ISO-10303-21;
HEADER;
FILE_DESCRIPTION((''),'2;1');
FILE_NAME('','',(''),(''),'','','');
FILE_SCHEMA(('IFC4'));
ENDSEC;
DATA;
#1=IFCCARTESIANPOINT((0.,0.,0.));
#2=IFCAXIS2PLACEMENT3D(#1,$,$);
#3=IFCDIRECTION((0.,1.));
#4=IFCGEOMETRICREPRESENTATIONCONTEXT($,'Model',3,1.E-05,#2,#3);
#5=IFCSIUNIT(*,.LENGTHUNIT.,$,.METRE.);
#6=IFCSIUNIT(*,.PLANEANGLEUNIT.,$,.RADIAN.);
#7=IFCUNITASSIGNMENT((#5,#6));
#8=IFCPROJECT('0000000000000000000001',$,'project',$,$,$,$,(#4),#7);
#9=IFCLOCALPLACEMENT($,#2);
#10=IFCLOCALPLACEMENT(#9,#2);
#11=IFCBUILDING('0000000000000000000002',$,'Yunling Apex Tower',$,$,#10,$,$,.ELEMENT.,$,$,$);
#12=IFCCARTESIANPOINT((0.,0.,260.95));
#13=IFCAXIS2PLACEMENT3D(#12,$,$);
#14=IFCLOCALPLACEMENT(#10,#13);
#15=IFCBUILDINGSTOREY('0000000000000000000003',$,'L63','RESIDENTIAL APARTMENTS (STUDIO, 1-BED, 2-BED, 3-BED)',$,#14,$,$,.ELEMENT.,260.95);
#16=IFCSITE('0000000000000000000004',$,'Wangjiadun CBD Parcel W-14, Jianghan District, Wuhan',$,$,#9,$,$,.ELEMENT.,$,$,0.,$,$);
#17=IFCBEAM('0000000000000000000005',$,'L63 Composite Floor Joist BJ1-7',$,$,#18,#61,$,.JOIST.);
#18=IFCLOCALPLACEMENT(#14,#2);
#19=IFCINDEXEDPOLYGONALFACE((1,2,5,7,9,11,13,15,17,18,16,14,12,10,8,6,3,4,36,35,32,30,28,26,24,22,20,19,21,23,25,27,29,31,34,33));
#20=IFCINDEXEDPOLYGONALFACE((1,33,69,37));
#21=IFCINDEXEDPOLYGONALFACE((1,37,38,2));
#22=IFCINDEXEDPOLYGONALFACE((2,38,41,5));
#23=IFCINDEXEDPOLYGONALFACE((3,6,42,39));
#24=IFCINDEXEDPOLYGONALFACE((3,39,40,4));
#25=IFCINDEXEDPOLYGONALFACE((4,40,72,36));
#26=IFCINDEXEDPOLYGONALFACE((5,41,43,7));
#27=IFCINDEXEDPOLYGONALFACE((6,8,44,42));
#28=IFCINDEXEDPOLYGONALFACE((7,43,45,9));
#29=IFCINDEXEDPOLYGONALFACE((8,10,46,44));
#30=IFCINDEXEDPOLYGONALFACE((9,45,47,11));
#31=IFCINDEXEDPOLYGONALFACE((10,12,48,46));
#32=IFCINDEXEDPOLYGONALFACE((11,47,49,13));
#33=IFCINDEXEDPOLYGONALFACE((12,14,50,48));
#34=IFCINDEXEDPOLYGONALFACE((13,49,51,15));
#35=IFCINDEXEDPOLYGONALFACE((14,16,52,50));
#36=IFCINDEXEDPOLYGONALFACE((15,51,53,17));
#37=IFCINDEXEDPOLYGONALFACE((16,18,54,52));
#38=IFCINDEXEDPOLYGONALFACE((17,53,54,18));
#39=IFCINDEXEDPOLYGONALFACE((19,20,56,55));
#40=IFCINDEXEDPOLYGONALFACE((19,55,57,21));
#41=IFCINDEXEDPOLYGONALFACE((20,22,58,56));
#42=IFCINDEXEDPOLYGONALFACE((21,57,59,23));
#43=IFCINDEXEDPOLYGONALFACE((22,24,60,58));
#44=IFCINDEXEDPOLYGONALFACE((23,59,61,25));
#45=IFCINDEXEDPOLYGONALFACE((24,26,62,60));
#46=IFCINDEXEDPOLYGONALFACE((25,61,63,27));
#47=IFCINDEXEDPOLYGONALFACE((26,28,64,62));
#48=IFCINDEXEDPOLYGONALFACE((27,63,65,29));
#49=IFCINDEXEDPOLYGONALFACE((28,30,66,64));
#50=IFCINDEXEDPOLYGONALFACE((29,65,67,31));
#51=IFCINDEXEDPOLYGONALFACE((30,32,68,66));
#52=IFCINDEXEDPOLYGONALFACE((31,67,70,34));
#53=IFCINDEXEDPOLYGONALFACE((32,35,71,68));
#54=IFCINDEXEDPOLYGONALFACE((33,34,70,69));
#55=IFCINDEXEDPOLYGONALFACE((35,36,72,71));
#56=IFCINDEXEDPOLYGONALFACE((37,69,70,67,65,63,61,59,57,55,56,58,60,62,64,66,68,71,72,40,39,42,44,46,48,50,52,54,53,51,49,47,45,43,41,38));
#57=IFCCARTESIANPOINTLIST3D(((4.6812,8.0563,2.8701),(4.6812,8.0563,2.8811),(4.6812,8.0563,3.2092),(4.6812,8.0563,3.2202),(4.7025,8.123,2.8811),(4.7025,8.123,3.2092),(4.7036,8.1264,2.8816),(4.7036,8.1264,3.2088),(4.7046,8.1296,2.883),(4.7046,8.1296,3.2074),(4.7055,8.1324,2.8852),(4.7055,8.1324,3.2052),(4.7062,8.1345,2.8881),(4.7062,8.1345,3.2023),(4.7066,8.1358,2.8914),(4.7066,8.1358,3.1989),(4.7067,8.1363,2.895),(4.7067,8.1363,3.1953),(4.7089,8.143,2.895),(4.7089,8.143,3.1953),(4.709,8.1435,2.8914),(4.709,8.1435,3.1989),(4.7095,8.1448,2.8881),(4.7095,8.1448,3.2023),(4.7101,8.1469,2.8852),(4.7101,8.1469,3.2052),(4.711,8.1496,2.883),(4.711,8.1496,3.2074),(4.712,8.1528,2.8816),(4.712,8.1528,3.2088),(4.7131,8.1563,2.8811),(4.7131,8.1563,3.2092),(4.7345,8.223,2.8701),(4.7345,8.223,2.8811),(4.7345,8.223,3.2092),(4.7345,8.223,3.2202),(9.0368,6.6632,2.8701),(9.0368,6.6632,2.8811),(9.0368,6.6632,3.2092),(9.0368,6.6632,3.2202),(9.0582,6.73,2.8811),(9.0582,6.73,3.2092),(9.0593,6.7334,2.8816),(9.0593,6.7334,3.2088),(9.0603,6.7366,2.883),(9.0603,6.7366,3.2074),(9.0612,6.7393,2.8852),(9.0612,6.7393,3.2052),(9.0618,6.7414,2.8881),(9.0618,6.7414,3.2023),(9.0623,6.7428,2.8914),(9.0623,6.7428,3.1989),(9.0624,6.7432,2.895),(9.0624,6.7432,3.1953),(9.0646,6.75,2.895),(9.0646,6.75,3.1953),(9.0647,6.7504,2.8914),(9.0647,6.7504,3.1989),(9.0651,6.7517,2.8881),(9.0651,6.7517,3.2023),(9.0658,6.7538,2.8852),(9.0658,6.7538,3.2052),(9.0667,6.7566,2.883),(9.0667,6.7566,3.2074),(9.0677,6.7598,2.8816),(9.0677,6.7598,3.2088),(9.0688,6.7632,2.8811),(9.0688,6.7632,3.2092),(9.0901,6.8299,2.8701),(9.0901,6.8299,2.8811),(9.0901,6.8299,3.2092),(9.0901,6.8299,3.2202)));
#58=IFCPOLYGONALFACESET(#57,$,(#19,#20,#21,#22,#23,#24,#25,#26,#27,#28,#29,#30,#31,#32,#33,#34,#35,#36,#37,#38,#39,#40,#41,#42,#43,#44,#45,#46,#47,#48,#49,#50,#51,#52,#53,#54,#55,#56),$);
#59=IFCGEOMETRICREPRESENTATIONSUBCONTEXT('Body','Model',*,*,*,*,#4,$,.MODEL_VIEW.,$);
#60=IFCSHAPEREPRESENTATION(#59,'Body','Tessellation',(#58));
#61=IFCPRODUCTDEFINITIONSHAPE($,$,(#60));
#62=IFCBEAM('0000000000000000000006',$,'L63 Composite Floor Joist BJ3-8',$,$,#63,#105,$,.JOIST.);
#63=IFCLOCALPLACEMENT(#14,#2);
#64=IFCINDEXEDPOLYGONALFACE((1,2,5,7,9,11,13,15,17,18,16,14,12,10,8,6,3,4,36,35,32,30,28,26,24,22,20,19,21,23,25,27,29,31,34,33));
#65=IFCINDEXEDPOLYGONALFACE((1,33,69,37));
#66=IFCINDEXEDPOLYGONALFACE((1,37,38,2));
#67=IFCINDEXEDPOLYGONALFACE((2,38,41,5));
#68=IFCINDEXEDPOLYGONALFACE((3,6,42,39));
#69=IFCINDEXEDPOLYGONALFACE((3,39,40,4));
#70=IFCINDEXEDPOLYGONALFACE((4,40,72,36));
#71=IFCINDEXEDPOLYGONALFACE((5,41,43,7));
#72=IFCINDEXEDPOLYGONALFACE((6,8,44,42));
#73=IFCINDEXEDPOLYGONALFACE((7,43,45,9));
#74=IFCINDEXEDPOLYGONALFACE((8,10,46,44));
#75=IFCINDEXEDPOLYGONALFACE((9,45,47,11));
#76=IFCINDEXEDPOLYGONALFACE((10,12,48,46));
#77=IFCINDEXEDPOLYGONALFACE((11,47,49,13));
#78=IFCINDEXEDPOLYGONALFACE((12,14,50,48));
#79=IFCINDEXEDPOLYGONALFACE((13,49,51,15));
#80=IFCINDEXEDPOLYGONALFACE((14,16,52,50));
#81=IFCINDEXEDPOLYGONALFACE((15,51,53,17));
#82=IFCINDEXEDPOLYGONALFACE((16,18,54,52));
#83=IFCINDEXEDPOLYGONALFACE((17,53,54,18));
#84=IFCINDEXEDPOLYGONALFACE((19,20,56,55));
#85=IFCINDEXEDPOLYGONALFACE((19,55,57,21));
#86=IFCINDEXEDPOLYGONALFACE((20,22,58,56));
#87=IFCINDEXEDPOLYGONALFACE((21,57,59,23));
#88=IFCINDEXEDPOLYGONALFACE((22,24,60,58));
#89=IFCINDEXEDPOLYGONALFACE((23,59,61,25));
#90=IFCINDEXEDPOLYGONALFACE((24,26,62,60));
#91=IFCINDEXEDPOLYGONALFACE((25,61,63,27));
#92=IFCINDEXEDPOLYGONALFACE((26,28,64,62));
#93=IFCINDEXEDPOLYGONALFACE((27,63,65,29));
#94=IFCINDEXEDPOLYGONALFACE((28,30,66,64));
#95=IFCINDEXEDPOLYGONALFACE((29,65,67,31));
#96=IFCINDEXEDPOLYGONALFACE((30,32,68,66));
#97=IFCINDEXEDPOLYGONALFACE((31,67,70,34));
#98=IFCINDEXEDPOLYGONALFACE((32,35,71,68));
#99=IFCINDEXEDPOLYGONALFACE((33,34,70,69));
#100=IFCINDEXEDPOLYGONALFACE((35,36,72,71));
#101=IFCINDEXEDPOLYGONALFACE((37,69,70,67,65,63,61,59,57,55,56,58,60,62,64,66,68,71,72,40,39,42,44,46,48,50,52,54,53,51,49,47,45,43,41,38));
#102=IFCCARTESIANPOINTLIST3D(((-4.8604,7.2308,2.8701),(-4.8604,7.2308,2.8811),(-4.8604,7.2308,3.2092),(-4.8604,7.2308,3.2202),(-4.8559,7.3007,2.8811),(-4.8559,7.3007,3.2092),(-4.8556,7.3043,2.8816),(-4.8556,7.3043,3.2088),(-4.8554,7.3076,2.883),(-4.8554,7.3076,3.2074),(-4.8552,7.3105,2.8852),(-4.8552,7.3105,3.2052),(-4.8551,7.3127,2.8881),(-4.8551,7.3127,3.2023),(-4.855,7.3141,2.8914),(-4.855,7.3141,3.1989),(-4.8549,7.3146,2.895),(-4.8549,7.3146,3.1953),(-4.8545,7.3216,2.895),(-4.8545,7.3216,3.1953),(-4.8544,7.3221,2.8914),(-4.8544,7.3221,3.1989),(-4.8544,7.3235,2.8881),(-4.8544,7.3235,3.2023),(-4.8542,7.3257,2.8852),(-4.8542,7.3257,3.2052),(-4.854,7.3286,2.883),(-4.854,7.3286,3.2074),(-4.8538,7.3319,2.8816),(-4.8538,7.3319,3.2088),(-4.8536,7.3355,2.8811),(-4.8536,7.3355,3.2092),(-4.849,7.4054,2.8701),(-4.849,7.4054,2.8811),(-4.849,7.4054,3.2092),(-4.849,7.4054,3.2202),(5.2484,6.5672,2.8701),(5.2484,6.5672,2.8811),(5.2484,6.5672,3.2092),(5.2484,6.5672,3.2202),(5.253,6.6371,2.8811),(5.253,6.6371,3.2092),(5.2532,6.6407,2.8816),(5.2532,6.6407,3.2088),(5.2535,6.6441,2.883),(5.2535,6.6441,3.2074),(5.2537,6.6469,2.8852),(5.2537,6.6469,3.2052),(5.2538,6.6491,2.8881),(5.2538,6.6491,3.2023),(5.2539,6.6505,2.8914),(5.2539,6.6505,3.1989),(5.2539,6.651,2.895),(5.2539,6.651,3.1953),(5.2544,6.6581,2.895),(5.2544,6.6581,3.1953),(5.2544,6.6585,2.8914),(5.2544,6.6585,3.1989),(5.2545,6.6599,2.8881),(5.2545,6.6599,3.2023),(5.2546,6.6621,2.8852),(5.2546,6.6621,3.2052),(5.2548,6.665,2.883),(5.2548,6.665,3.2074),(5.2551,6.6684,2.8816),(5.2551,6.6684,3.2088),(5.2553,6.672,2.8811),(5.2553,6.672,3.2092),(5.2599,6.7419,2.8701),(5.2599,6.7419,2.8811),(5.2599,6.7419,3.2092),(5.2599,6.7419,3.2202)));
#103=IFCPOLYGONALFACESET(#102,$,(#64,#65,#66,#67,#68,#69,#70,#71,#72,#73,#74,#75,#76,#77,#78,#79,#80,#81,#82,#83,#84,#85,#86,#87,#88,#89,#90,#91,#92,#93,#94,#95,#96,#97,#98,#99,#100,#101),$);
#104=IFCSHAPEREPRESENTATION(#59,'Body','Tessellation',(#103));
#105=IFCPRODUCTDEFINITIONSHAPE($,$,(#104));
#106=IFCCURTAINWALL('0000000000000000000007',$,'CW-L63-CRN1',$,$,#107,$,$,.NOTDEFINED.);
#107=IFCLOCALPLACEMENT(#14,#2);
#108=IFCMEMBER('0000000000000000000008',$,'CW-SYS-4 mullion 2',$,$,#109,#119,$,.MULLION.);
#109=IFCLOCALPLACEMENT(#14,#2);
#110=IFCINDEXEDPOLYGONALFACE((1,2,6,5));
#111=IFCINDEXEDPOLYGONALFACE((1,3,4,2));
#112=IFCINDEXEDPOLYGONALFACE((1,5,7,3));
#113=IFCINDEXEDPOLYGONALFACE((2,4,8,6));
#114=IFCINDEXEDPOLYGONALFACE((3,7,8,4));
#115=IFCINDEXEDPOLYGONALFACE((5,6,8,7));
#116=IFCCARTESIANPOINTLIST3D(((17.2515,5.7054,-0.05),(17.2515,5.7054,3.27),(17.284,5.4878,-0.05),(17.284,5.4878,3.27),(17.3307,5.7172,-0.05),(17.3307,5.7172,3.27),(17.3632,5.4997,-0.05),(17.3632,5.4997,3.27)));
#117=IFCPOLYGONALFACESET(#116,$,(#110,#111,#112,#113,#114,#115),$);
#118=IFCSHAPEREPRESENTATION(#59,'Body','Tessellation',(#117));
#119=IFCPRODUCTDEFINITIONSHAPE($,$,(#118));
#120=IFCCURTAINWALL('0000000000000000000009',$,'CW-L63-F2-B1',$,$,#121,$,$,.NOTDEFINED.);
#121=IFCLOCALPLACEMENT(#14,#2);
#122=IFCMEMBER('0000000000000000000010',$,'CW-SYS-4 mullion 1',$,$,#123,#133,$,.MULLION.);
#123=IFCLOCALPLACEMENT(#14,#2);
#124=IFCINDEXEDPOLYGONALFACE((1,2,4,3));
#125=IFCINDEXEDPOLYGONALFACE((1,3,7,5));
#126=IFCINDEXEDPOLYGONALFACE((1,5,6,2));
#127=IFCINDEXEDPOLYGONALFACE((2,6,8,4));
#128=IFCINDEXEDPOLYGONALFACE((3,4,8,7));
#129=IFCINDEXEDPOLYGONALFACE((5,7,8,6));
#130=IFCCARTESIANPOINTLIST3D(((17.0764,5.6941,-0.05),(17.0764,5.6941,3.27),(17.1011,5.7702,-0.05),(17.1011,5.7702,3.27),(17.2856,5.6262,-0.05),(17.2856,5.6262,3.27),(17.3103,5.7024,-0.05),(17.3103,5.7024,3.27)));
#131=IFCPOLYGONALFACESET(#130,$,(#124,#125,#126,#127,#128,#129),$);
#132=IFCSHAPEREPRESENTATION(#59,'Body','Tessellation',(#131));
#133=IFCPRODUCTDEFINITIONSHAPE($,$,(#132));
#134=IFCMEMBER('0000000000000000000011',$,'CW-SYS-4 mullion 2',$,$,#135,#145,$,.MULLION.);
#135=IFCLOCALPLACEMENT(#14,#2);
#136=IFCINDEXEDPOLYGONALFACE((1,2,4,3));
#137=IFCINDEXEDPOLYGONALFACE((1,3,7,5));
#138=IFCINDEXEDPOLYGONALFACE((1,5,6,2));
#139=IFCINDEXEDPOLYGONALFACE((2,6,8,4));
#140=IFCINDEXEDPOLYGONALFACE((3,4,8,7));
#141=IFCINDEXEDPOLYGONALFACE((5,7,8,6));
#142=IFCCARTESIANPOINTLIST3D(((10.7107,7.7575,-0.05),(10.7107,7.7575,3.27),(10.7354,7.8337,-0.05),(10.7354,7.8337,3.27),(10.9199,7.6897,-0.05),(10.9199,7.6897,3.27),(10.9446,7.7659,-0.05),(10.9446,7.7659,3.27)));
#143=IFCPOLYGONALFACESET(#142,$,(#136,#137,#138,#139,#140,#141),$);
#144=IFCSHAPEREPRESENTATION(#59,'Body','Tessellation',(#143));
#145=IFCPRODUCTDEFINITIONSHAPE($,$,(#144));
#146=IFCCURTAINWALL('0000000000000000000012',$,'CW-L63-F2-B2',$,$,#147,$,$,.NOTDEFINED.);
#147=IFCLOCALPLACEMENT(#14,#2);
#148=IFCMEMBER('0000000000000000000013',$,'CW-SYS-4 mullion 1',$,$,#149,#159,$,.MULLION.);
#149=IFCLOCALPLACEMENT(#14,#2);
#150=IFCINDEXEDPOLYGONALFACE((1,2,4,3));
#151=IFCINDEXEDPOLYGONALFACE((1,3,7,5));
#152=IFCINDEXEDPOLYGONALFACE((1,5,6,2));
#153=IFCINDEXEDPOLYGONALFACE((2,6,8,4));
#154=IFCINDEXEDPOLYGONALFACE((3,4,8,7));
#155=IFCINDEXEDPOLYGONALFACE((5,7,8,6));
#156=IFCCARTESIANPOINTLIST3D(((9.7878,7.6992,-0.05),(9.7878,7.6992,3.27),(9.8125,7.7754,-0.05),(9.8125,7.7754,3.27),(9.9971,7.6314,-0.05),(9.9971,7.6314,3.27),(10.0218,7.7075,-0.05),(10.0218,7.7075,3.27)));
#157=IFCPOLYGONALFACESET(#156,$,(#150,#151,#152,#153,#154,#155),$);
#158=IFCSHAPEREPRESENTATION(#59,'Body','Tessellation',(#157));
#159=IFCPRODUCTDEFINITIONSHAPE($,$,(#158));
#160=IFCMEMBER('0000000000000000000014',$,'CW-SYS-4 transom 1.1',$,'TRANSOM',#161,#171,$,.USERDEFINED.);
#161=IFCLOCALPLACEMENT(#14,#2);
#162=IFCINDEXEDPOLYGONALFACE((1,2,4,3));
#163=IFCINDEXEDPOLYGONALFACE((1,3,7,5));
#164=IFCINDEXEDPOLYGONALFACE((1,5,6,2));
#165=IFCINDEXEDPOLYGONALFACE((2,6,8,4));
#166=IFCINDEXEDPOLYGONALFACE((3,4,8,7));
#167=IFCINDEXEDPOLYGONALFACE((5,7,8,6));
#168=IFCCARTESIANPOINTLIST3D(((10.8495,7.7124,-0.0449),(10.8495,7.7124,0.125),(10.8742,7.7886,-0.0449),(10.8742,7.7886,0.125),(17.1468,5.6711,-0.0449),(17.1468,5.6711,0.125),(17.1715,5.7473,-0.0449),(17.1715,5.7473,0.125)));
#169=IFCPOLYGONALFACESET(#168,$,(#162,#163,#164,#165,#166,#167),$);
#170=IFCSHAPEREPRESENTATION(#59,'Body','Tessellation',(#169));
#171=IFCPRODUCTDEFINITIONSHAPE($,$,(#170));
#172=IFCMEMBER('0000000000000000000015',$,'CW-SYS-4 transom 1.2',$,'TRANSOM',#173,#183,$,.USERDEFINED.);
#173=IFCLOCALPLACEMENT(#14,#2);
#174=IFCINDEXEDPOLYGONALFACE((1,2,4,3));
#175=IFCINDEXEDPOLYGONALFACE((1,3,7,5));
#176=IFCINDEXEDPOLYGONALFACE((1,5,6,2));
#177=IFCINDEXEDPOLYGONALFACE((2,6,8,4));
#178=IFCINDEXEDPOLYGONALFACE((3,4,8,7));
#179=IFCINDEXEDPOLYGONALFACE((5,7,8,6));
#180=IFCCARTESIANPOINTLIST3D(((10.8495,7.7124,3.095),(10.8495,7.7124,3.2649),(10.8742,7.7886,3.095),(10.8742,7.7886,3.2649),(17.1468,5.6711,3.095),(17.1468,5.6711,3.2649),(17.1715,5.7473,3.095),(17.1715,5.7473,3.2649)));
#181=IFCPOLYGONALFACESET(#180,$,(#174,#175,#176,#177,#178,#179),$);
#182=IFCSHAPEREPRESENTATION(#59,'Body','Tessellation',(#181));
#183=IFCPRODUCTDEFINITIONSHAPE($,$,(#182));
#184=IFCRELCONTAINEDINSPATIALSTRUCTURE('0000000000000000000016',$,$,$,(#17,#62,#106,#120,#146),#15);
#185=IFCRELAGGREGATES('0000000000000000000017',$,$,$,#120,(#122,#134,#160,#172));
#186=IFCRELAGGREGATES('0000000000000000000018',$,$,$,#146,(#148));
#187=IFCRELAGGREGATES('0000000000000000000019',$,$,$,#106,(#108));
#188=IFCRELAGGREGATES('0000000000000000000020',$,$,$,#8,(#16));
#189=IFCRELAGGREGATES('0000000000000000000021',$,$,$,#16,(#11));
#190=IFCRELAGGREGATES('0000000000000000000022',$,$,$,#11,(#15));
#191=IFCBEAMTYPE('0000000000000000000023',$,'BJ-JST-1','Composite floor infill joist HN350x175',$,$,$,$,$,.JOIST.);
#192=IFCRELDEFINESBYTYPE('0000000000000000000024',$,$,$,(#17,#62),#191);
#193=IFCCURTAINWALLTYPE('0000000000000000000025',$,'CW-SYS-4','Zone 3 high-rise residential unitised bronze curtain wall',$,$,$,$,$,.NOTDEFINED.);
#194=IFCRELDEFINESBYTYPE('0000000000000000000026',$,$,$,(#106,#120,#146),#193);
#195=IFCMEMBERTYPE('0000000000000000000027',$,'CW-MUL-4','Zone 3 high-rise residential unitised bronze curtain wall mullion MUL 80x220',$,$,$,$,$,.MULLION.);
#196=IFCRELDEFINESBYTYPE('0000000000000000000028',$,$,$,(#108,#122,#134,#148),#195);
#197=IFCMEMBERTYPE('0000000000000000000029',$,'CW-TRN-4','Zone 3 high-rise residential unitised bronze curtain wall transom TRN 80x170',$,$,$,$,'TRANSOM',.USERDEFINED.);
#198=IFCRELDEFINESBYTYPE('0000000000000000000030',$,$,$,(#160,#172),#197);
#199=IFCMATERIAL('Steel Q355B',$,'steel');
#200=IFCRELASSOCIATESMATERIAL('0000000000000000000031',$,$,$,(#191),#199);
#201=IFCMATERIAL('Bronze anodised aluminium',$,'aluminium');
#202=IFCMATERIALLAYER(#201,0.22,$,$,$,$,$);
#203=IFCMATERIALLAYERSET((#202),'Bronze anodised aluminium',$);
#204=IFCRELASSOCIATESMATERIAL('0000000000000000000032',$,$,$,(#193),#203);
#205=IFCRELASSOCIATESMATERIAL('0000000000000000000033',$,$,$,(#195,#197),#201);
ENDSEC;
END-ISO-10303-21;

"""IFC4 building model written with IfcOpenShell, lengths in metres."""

from ifc_helpers import new_model, si_unit, direction, frame, origin, origin_2d, place, context, subcontext, project, spatial, rectangle, i_section, extrude, source, transform, mapped, material, layer, layer_set, material_profile, profile_set, type_object, element, aggregate, save


model = new_model("IFC4")

# Units and contexts
model_context = context("Model", 3, precision=1e-05, world=origin(), true_north=direction((0.0, 1.0)))
body_context = subcontext(model_context, "Body", "Model", "MODEL_VIEW")
ifc_project = project(units=[si_unit("LENGTHUNIT", "METRE"), si_unit("PLANEANGLEUNIT", "RADIAN")], contexts=[model_context])

# Site, building, storey
site_placement = place(None, origin())
site = spatial("IfcSite", under=ifc_project, at=site_placement, Name="Wangjiadun CBD Parcel W-14, Jianghan District, Wuhan", CompositionType="ELEMENT", RefElevation=0.0)
building_placement = place(site_placement, origin())
building = spatial("IfcBuilding", under=site, at=building_placement, Name="Yunling Apex Tower", CompositionType="ELEMENT")
storey_placement = place(building_placement, frame((0.0, 0.0, 260.95)))
storey = spatial("IfcBuildingStorey", under=building, at=storey_placement, Name="L63", Description="RESIDENTIAL APARTMENTS (STUDIO, 1-BED, 2-BED, 3-BED)", CompositionType="ELEMENT", Elevation=260.95)

# Shared definitions
ifc_material_1 = material(Name="Steel Q355B", Category="steel")

# Beams
ifc_material_profile_1 = material_profile(ifc_material_1, i_section(OverallWidth=0.175, OverallDepth=0.3501, WebThickness=0.0071, FlangeThickness=0.011, FilletRadius=0.0139, at=origin_2d()))
ifc_profile_set_1 = profile_set([ifc_material_profile_1], Name="Steel Q355B")
beam_type_1 = type_object("IfcBeamType", Name="BJ-JST-1", Description="Composite floor infill joist HN350x175", PredefinedType="JOIST", material=ifc_profile_set_1)
shared_shape_1 = source(origin(), body_context, "Body", "SweptSolid", [
    extrude(i_section(OverallWidth=0.175, OverallDepth=0.3501, WebThickness=0.0071, FlangeThickness=0.011, FilletRadius=0.0139, at=origin_2d()), origin(), (0.0, 0.0, 1.0), 4.573),
])
beam_1_placement = place(storey_placement, frame((9.0635, 6.7466, 3.0452), z_axis=(-0.952472, 0.304625, 0.0), x_axis=(-0.304625, -0.952472, 0.0)))
element("IfcBeam", 1, at=beam_1_placement, inside=storey, type_object=beam_type_1, Name="L63 Composite Floor Joist BJ1-7", PredefinedType="JOIST", context=body_context, shape_type="MappedRepresentation", body=[
    mapped(shared_shape_1, transform((0.0, 0.0, 0.0), scale=1.0)),
])
shared_shape_2 = source(origin(), body_context, "Body", "SweptSolid", [
    extrude(i_section(OverallWidth=0.175, OverallDepth=0.3501, WebThickness=0.0071, FlangeThickness=0.011, FilletRadius=0.0139, at=origin_2d()), origin(), (0.0, 0.0, 1.0), 10.1306),
])
beam_2_placement = place(storey_placement, frame((5.2542, 6.6545, 3.0452), z_axis=(-0.997852, 0.065502, 0.0), x_axis=(-0.065502, -0.997852, 0.0)))
element("IfcBeam", 2, at=beam_2_placement, inside=storey, type_object=beam_type_1, Name="L63 Composite Floor Joist BJ3-8", PredefinedType="JOIST", context=body_context, shape_type="MappedRepresentation", body=[
    mapped(shared_shape_2, transform((0.0, 0.0, 0.0), scale=1.0)),
])

# Curtain wall, member
ifc_material_2 = material(Name="Bronze anodised aluminium", Category="aluminium")
ifc_layer_1 = layer(ifc_material_2, 0.22)
ifc_layer_set_1 = layer_set([ifc_layer_1], Name="Bronze anodised aluminium")
curtain_wall_type = type_object("IfcCurtainWallType", Name="CW-SYS-4", Description="Zone 3 high-rise residential unitised bronze curtain wall", PredefinedType="NOTDEFINED", material=ifc_layer_set_1)
curtain_wall_1_placement = place(storey_placement, origin())
curtain_wall_1 = element("IfcCurtainWall", 3, at=curtain_wall_1_placement, inside=storey, type_object=curtain_wall_type, Name="CW-L63-CRN1", PredefinedType="NOTDEFINED")
ifc_material_profile_2 = material_profile(ifc_material_2, rectangle(XDim=0.0801, YDim=0.22, at=origin_2d()))
ifc_profile_set_2 = profile_set([ifc_material_profile_2], Name="Bronze anodised aluminium")
member_type_1 = type_object("IfcMemberType", Name="CW-MUL-4", Description="Zone 3 high-rise residential unitised bronze curtain wall mullion MUL 80x220", PredefinedType="MULLION", material=ifc_profile_set_2)
shared_shape_3 = source(origin(), body_context, "Body", "SweptSolid", [
    extrude(rectangle(XDim=0.0801, YDim=0.22, at=origin_2d()), origin(), (0.0, 0.0, 1.0), 3.3201),
])
member_1_placement = place(storey_placement, frame((17.3074, 5.6025, -0.05), z_axis=(0.0, 0.0, 1.0), x_axis=(-0.989017, -0.147803, 0.0)))
member_1 = element("IfcMember", 4, at=member_1_placement, type_object=member_type_1, Name="CW-SYS-4 mullion 2", PredefinedType="MULLION", context=body_context, shape_type="MappedRepresentation", body=[
    mapped(shared_shape_3, transform((0.0, 0.0, 0.0), scale=1.0)),
])

# Curtain wall, members
curtain_wall_2_placement = place(storey_placement, origin())
curtain_wall_2 = element("IfcCurtainWall", 5, at=curtain_wall_2_placement, inside=storey, type_object=curtain_wall_type, Name="CW-L63-F2-B1", PredefinedType="NOTDEFINED")
member_2_placement = place(storey_placement, frame((17.1934, 5.6982, -0.05), z_axis=(0.0, 0.0, 1.0), x_axis=(-0.308353, -0.951272, 0.0)))
member_2 = element("IfcMember", 6, at=member_2_placement, type_object=member_type_1, Name="CW-SYS-4 mullion 1", PredefinedType="MULLION", context=body_context, shape_type="MappedRepresentation", body=[
    mapped(shared_shape_3, transform((0.0, 0.0, 0.0), scale=1.0)),
])
member_3_placement = place(storey_placement, frame((10.8276, 7.7617, -0.05), z_axis=(0.0, 0.0, 1.0), x_axis=(-0.308353, -0.951272, 0.0)))
member_3 = element("IfcMember", 7, at=member_3_placement, type_object=member_type_1, Name="CW-SYS-4 mullion 2", PredefinedType="MULLION", context=body_context, shape_type="MappedRepresentation", body=[
    mapped(shared_shape_3, transform((0.0, 0.0, 0.0), scale=1.0)),
])

# Curtain wall, member
curtain_wall_3_placement = place(storey_placement, origin())
curtain_wall_3 = element("IfcCurtainWall", 8, at=curtain_wall_3_placement, inside=storey, type_object=curtain_wall_type, Name="CW-L63-F2-B2", PredefinedType="NOTDEFINED")
member_4_placement = place(storey_placement, frame((9.9048, 7.7034, -0.05), z_axis=(0.0, 0.0, 1.0), x_axis=(-0.308369, -0.951267, 0.0)))
member_4 = element("IfcMember", 9, at=member_4_placement, type_object=member_type_1, Name="CW-SYS-4 mullion 1", PredefinedType="MULLION", context=body_context, shape_type="MappedRepresentation", body=[
    mapped(shared_shape_3, transform((0.0, 0.0, 0.0), scale=1.0)),
])

# Members
ifc_material_profile_3 = material_profile(ifc_material_2, rectangle(XDim=0.0801, YDim=0.1699, at=origin_2d()))
ifc_profile_set_3 = profile_set([ifc_material_profile_3], Name="Bronze anodised aluminium")
member_type_2 = type_object("IfcMemberType", Name="CW-TRN-4", Description="Zone 3 high-rise residential unitised bronze curtain wall transom TRN 80x170", ElementType="TRANSOM", PredefinedType="USERDEFINED", material=ifc_profile_set_3)
shared_shape_4 = source(origin(), body_context, "Body", "SweptSolid", [
    extrude(rectangle(XDim=0.0801, YDim=0.1699, at=origin_2d()), origin(), (0.0, 0.0, 1.0), 6.6199),
])
member_5_placement = place(storey_placement, frame((17.1592, 5.7092, 0.04), z_axis=(-0.951273, 0.30835, 0.0), x_axis=(-0.30835, -0.951273, 0.0)))
member_5 = element("IfcMember", 10, at=member_5_placement, type_object=member_type_2, Name="CW-SYS-4 transom 1.1", ObjectType="TRANSOM", PredefinedType="USERDEFINED", context=body_context, shape_type="MappedRepresentation", body=[
    mapped(shared_shape_4, transform((0.0, 0.0, 0.0), scale=1.0)),
])
member_6_placement = place(storey_placement, frame((17.1592, 5.7092, 3.1799), z_axis=(-0.951273, 0.30835, 0.0), x_axis=(-0.30835, -0.951273, 0.0)))
member_6 = element("IfcMember", 11, at=member_6_placement, type_object=member_type_2, Name="CW-SYS-4 transom 1.2", ObjectType="TRANSOM", PredefinedType="USERDEFINED", context=body_context, shape_type="MappedRepresentation", body=[
    mapped(shared_shape_4, transform((0.0, 0.0, 0.0), scale=1.0)),
])

aggregate(curtain_wall_2, [member_2, member_3, member_5, member_6])
aggregate(curtain_wall_3, [member_4])
aggregate(curtain_wall_1, [member_1])

save(model, "model.ifc")
